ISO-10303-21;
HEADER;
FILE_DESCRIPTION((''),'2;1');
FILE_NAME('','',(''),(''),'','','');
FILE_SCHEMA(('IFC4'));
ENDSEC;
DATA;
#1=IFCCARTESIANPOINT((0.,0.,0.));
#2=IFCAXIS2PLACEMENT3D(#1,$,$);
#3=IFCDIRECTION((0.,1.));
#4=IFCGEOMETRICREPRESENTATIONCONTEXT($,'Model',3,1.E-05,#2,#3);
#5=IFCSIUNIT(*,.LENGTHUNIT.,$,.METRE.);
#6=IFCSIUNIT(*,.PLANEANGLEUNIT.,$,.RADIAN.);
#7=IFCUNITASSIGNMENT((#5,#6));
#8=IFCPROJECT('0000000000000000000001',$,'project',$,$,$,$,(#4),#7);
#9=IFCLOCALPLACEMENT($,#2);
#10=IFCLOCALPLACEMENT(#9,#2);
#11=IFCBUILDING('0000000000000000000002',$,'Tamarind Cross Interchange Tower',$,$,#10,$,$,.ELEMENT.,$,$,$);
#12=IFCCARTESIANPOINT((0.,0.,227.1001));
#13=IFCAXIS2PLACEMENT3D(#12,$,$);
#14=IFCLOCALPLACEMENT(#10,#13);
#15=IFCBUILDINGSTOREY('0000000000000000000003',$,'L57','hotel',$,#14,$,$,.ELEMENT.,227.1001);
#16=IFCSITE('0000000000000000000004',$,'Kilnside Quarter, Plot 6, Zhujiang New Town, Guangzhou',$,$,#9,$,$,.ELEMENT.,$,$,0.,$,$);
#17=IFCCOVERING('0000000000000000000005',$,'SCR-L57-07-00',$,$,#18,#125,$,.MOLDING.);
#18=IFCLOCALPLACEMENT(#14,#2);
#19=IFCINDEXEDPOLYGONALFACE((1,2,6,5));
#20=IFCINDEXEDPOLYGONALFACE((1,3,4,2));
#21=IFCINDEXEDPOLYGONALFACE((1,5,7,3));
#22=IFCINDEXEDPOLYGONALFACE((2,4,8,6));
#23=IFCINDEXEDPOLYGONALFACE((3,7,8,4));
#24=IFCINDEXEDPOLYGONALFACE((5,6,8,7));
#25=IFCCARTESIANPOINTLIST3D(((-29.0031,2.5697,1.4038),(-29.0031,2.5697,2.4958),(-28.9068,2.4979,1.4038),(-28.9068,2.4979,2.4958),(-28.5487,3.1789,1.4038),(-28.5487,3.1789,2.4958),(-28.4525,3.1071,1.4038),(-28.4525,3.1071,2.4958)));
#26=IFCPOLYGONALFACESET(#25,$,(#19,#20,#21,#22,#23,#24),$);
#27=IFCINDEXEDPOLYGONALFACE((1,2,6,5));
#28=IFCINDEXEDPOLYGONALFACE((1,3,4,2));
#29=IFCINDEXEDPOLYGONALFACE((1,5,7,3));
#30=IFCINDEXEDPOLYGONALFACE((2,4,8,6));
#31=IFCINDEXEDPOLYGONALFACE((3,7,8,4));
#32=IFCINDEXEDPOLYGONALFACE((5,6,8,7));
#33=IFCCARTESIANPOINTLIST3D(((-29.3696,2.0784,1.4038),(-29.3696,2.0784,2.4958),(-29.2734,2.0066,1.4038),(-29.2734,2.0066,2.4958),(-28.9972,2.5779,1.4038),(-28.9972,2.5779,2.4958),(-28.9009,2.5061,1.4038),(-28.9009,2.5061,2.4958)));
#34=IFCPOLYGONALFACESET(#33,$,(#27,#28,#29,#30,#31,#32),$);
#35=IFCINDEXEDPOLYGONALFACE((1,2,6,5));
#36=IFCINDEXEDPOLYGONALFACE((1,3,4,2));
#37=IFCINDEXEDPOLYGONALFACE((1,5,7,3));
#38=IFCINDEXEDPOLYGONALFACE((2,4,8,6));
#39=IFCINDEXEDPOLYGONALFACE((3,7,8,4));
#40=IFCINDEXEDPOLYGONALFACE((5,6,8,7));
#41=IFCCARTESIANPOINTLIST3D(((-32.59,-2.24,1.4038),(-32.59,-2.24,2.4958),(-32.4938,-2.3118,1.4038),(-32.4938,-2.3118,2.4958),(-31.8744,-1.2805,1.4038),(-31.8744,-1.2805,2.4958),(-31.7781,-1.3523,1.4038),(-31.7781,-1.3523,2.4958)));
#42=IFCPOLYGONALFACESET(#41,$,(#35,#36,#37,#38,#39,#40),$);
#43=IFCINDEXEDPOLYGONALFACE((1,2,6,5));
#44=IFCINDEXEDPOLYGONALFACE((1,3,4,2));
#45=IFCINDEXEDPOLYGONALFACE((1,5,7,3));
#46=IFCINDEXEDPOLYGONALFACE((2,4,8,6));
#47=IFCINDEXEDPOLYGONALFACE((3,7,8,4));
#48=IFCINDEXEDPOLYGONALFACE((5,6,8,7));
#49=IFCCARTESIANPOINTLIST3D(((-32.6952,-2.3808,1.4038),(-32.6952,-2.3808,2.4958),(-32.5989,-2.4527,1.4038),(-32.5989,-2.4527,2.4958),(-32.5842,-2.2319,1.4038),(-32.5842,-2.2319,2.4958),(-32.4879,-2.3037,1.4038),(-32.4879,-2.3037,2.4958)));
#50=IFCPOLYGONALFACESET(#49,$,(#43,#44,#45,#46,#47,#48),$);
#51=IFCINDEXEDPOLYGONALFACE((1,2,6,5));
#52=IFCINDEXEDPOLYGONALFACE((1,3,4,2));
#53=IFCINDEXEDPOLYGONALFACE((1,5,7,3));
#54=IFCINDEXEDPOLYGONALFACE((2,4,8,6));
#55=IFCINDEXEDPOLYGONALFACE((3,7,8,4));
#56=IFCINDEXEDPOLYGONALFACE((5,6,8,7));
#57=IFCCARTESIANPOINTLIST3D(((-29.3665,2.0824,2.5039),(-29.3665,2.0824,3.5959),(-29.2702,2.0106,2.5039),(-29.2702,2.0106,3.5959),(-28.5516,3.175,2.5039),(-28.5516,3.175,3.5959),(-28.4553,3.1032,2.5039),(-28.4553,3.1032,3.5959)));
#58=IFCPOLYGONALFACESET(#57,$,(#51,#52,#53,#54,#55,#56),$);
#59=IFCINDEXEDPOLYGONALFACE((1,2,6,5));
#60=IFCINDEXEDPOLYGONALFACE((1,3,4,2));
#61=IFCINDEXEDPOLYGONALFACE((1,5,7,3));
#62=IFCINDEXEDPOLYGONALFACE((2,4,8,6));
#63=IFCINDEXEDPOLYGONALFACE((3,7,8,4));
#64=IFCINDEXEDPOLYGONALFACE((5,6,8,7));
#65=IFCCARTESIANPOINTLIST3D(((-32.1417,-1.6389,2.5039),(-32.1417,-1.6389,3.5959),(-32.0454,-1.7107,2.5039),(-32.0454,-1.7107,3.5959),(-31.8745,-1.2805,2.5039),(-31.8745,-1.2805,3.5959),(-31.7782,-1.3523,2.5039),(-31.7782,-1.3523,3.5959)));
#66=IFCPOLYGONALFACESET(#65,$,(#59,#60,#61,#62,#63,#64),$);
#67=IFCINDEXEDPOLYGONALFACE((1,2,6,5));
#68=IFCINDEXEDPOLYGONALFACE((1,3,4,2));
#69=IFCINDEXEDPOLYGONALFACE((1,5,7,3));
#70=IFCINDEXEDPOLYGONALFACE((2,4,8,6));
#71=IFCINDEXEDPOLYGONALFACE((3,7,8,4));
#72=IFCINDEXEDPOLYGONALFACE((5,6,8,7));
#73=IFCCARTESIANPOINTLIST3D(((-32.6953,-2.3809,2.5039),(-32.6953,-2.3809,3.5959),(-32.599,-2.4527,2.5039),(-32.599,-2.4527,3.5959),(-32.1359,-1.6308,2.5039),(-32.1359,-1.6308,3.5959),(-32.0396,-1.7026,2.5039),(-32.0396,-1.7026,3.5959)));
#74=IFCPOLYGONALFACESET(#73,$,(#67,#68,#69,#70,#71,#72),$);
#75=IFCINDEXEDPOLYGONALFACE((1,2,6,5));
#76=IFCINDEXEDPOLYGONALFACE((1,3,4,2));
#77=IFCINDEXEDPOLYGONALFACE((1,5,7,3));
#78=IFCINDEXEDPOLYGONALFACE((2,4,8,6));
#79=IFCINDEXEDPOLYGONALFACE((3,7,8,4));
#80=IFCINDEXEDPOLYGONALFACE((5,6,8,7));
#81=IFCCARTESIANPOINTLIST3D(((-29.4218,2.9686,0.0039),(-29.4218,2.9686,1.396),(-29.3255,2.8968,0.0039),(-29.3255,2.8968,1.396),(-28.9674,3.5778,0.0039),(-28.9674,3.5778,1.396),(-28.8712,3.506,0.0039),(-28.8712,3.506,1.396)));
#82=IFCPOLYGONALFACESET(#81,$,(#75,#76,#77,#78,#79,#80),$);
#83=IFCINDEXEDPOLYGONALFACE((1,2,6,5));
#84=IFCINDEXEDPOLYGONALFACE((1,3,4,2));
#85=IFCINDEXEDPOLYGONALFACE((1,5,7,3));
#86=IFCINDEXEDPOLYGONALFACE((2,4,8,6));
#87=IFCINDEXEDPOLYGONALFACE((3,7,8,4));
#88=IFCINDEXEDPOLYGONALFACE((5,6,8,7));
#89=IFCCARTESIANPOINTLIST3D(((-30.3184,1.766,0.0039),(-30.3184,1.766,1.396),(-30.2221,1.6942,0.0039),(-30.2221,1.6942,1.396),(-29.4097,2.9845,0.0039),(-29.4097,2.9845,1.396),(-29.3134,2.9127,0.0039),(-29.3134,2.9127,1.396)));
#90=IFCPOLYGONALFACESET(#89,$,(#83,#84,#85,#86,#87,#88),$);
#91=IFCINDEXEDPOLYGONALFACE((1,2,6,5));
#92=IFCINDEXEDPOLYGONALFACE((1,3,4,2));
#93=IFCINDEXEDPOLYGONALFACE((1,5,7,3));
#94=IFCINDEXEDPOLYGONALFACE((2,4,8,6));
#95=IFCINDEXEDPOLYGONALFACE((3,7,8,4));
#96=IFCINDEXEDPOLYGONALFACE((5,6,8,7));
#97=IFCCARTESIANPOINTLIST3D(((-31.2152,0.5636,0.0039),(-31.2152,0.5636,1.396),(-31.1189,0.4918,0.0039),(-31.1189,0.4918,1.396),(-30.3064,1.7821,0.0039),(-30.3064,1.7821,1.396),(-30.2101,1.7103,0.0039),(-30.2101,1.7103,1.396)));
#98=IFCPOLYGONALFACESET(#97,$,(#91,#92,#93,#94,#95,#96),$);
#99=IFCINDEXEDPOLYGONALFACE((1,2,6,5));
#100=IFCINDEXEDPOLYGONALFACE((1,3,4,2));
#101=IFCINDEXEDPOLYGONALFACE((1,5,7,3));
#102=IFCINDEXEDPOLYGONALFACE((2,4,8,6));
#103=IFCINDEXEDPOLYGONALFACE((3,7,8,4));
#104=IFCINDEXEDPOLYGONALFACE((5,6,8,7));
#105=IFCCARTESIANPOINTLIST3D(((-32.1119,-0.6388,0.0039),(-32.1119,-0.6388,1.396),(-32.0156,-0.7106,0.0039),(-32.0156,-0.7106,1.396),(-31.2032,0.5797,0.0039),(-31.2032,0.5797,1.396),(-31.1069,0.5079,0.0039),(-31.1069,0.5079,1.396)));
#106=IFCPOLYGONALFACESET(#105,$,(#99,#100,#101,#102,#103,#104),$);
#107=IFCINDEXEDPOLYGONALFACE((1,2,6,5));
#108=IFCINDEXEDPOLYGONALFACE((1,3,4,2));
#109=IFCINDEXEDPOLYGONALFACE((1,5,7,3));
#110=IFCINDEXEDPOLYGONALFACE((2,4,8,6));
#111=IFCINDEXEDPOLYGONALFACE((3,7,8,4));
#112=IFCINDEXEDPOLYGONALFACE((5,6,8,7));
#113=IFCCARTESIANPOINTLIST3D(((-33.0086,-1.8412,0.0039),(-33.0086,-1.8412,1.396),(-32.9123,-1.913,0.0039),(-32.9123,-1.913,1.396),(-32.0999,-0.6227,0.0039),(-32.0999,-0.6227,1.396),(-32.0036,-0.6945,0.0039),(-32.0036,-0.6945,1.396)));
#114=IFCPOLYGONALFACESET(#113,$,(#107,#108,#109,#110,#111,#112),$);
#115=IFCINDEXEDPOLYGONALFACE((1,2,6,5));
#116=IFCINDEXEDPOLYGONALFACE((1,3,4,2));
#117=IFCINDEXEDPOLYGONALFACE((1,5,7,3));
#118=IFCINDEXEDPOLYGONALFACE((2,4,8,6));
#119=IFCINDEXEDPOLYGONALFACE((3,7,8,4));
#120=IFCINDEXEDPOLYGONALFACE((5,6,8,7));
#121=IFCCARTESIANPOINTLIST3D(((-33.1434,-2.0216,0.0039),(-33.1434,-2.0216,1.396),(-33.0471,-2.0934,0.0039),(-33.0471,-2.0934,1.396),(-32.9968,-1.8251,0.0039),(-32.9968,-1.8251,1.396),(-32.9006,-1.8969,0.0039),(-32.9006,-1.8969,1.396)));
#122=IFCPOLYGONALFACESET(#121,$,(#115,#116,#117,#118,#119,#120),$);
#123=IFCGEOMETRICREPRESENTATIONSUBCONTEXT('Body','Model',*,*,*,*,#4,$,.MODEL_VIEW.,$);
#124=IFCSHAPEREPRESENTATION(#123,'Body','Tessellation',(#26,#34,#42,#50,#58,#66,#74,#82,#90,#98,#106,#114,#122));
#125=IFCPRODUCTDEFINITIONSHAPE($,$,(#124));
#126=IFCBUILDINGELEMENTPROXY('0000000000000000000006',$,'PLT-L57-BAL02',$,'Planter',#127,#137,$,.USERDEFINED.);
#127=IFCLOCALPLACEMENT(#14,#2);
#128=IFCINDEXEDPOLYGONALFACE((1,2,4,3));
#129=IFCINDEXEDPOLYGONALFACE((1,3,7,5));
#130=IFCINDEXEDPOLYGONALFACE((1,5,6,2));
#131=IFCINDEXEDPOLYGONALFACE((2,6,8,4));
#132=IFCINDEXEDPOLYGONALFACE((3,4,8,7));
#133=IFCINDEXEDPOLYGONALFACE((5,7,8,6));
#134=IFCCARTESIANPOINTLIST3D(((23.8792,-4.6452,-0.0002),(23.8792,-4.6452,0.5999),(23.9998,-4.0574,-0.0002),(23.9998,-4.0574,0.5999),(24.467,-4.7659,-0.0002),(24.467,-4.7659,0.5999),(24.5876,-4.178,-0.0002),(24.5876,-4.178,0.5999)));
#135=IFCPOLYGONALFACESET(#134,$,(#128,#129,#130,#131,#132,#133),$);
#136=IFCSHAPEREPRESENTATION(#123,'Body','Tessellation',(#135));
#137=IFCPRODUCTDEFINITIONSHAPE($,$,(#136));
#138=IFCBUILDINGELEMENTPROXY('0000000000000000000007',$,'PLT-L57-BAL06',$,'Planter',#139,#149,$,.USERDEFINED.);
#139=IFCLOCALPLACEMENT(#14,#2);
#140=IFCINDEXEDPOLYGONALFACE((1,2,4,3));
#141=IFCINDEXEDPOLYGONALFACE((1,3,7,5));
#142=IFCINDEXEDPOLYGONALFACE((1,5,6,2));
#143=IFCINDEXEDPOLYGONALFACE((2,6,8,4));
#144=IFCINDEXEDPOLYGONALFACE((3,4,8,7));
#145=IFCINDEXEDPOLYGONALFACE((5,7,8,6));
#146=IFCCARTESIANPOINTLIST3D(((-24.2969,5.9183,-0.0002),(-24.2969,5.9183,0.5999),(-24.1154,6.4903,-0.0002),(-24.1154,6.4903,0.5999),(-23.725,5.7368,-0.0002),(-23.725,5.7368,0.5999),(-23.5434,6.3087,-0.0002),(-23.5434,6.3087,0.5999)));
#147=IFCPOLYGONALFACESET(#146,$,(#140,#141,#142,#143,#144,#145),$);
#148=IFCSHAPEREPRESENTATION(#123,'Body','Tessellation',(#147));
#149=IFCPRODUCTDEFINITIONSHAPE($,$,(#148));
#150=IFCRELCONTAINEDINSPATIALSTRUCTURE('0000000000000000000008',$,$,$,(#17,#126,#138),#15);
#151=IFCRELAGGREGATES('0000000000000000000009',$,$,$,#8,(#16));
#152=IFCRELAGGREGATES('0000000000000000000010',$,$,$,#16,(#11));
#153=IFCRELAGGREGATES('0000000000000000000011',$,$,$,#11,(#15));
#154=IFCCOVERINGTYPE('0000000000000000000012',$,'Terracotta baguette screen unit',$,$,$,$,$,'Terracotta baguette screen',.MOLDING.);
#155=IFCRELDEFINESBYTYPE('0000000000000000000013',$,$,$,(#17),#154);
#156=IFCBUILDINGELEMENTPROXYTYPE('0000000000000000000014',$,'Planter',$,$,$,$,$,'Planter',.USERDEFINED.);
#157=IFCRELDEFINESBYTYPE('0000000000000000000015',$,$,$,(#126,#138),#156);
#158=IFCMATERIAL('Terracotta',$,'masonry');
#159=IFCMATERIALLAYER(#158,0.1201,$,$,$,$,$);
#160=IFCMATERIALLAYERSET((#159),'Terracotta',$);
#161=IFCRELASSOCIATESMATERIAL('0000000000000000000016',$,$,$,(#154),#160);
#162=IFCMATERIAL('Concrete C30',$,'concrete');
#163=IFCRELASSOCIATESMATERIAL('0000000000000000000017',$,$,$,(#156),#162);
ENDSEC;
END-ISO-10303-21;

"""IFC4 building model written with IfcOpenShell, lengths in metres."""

from ifc_helpers import new_model, si_unit, direction, frame, origin, origin_2d, place, context, subcontext, project, spatial, rectangle, extrude, material, layer, layer_set, type_object, element, save


model = new_model("IFC4")

# Units and contexts
model_context = context("Model", 3, precision=1e-05, world=origin(), true_north=direction((0.0, 1.0)))
body_context = subcontext(model_context, "Body", "Model", "MODEL_VIEW")
ifc_project = project(units=[si_unit("LENGTHUNIT", "METRE"), si_unit("PLANEANGLEUNIT", "RADIAN")], contexts=[model_context])

# Site, building, storey
site_placement = place(None, origin())
site = spatial("IfcSite", under=ifc_project, at=site_placement, Name="Kilnside Quarter, Plot 6, Zhujiang New Town, Guangzhou", CompositionType="ELEMENT", RefElevation=0.0)
building_placement = place(site_placement, origin())
building = spatial("IfcBuilding", under=site, at=building_placement, Name="Tamarind Cross Interchange Tower", CompositionType="ELEMENT")
storey_placement = place(building_placement, frame((0.0, 0.0, 227.1001)))
storey = spatial("IfcBuildingStorey", under=building, at=storey_placement, Name="L57", Description="hotel", CompositionType="ELEMENT", Elevation=227.1001)

# Covering
ifc_material_1 = material(Name="Terracotta", Category="masonry")
ifc_layer_1 = layer(ifc_material_1, 0.1201)
ifc_layer_set_1 = layer_set([ifc_layer_1], Name="Terracotta")
covering_type = type_object("IfcCoveringType", Name="Terracotta baguette screen unit", ElementType="Terracotta baguette screen", PredefinedType="MOLDING", material=ifc_layer_set_1)
covering_1_placement = place(storey_placement, origin())
element("IfcCovering", 1, at=covering_1_placement, inside=storey, type_object=covering_type, Name="SCR-L57-07-00", PredefinedType="MOLDING", context=body_context, shape_type="SweptSolid", body=[
    extrude(rectangle(XDim=0.76, YDim=0.1201, at=origin_2d()), frame((-28.7278, 2.8384, 1.4038), z_axis=(0.0, 0.0, 1.0), x_axis=(-0.597838, -0.801617, 0.0)), (0.0, 0.0, 1.0), 1.092),
    extrude(rectangle(XDim=0.623, YDim=0.1201, at=origin_2d()), frame((-29.1353, 2.2922, 1.4038), z_axis=(0.0, 0.0, 1.0), x_axis=(-0.597838, -0.801617, 0.0)), (0.0, 0.0, 1.0), 1.092),
    extrude(rectangle(XDim=1.197, YDim=0.1201, at=origin_2d()), frame((-32.1841, -1.7961, 1.4038), z_axis=(0.0, 0.0, 1.0), x_axis=(-0.597838, -0.801617, 0.0)), (0.0, 0.0, 1.0), 1.092),
    extrude(rectangle(XDim=0.1858, YDim=0.1201, at=origin_2d()), frame((-32.5916, -2.3423, 1.4038), z_axis=(0.0, 0.0, 1.0), x_axis=(-0.597838, -0.801617, 0.0)), (0.0, 0.0, 1.0), 1.092),
    extrude(rectangle(XDim=1.363, YDim=0.1201, at=origin_2d()), frame((-28.9109, 2.5928, 2.5039), z_axis=(0.0, 0.0, 1.0), x_axis=(-0.597838, -0.801617, 0.0)), (0.0, 0.0, 1.0), 1.092),
    extrude(rectangle(XDim=0.447, YDim=0.1201, at=origin_2d()), frame((-31.96, -1.4956, 2.5039), z_axis=(0.0, 0.0, 1.0), x_axis=(-0.597838, -0.801617, 0.0)), (0.0, 0.0, 1.0), 1.092),
    extrude(rectangle(XDim=0.9358, YDim=0.1201, at=origin_2d()), frame((-32.3674, -2.0417, 2.5039), z_axis=(0.0, 0.0, 1.0), x_axis=(-0.597838, -0.801617, 0.0)), (0.0, 0.0, 1.0), 1.092),
    extrude(rectangle(XDim=0.76, YDim=0.1201, at=origin_2d()), frame((-29.1465, 3.2373, 0.0039), z_axis=(0.0, 0.0, 1.0), x_axis=(-0.597838, -0.801617, 0.0)), (0.0, 0.0, 1.0), 1.3921),
    extrude(rectangle(XDim=1.52, YDim=0.1201, at=origin_2d()), frame((-29.8159, 2.3394, 0.0039), z_axis=(0.0, 0.0, 1.0), x_axis=(-0.597838, -0.801617, 0.0)), (0.0, 0.0, 1.0), 1.3921),
    extrude(rectangle(XDim=1.52, YDim=0.1201, at=origin_2d()), frame((-30.7126, 1.137, 0.0039), z_axis=(0.0, 0.0, 1.0), x_axis=(-0.597838, -0.801617, 0.0)), (0.0, 0.0, 1.0), 1.3921),
    extrude(rectangle(XDim=1.52, YDim=0.1201, at=origin_2d()), frame((-31.6094, -0.0654, 0.0039), z_axis=(0.0, 0.0, 1.0), x_axis=(-0.597838, -0.801617, 0.0)), (0.0, 0.0, 1.0), 1.3921),
    extrude(rectangle(XDim=1.52, YDim=0.1201, at=origin_2d()), frame((-32.5061, -1.2678, 0.0039), z_axis=(0.0, 0.0, 1.0), x_axis=(-0.597838, -0.801617, 0.0)), (0.0, 0.0, 1.0), 1.3921),
    extrude(rectangle(XDim=0.2451, YDim=0.1201, at=origin_2d()), frame((-33.022, -1.9592, 0.0039), z_axis=(0.0, 0.0, 1.0), x_axis=(-0.597838, -0.801617, 0.0)), (0.0, 0.0, 1.0), 1.3921),
])

# Building element proxies
ifc_material_2 = material(Name="Concrete C30", Category="concrete")
building_element_proxy_type = type_object("IfcBuildingElementProxyType", Name="Planter", ElementType="Planter", PredefinedType="USERDEFINED", material=ifc_material_2)
proxy_1_placement = place(storey_placement, origin())
element("IfcBuildingElementProxy", 2, at=proxy_1_placement, inside=storey, type_object=building_element_proxy_type, Name="PLT-L57-BAL02", ObjectType="Planter", PredefinedType="USERDEFINED", context=body_context, shape_type="SweptSolid", body=[
    extrude(rectangle(XDim=0.6001, YDim=0.6001, at=origin_2d()), frame((24.2334, -4.4116, -0.0002), z_axis=(0.0, 0.0, 1.0), x_axis=(0.201001, 0.979591, 0.0)), (0.0, 0.0, 1.0), 0.6001),
])
proxy_2_placement = place(storey_placement, origin())
element("IfcBuildingElementProxy", 3, at=proxy_2_placement, inside=storey, type_object=building_element_proxy_type, Name="PLT-L57-BAL06", ObjectType="Planter", PredefinedType="USERDEFINED", context=body_context, shape_type="SweptSolid", body=[
    extrude(rectangle(XDim=0.6001, YDim=0.6001, at=origin_2d()), frame((-23.9202, 6.1135, -0.0002), z_axis=(0.0, 0.0, 1.0), x_axis=(-0.302552, -0.953133, 0.0)), (0.0, 0.0, 1.0), 0.6001),
])

save(model, "model.ifc")
